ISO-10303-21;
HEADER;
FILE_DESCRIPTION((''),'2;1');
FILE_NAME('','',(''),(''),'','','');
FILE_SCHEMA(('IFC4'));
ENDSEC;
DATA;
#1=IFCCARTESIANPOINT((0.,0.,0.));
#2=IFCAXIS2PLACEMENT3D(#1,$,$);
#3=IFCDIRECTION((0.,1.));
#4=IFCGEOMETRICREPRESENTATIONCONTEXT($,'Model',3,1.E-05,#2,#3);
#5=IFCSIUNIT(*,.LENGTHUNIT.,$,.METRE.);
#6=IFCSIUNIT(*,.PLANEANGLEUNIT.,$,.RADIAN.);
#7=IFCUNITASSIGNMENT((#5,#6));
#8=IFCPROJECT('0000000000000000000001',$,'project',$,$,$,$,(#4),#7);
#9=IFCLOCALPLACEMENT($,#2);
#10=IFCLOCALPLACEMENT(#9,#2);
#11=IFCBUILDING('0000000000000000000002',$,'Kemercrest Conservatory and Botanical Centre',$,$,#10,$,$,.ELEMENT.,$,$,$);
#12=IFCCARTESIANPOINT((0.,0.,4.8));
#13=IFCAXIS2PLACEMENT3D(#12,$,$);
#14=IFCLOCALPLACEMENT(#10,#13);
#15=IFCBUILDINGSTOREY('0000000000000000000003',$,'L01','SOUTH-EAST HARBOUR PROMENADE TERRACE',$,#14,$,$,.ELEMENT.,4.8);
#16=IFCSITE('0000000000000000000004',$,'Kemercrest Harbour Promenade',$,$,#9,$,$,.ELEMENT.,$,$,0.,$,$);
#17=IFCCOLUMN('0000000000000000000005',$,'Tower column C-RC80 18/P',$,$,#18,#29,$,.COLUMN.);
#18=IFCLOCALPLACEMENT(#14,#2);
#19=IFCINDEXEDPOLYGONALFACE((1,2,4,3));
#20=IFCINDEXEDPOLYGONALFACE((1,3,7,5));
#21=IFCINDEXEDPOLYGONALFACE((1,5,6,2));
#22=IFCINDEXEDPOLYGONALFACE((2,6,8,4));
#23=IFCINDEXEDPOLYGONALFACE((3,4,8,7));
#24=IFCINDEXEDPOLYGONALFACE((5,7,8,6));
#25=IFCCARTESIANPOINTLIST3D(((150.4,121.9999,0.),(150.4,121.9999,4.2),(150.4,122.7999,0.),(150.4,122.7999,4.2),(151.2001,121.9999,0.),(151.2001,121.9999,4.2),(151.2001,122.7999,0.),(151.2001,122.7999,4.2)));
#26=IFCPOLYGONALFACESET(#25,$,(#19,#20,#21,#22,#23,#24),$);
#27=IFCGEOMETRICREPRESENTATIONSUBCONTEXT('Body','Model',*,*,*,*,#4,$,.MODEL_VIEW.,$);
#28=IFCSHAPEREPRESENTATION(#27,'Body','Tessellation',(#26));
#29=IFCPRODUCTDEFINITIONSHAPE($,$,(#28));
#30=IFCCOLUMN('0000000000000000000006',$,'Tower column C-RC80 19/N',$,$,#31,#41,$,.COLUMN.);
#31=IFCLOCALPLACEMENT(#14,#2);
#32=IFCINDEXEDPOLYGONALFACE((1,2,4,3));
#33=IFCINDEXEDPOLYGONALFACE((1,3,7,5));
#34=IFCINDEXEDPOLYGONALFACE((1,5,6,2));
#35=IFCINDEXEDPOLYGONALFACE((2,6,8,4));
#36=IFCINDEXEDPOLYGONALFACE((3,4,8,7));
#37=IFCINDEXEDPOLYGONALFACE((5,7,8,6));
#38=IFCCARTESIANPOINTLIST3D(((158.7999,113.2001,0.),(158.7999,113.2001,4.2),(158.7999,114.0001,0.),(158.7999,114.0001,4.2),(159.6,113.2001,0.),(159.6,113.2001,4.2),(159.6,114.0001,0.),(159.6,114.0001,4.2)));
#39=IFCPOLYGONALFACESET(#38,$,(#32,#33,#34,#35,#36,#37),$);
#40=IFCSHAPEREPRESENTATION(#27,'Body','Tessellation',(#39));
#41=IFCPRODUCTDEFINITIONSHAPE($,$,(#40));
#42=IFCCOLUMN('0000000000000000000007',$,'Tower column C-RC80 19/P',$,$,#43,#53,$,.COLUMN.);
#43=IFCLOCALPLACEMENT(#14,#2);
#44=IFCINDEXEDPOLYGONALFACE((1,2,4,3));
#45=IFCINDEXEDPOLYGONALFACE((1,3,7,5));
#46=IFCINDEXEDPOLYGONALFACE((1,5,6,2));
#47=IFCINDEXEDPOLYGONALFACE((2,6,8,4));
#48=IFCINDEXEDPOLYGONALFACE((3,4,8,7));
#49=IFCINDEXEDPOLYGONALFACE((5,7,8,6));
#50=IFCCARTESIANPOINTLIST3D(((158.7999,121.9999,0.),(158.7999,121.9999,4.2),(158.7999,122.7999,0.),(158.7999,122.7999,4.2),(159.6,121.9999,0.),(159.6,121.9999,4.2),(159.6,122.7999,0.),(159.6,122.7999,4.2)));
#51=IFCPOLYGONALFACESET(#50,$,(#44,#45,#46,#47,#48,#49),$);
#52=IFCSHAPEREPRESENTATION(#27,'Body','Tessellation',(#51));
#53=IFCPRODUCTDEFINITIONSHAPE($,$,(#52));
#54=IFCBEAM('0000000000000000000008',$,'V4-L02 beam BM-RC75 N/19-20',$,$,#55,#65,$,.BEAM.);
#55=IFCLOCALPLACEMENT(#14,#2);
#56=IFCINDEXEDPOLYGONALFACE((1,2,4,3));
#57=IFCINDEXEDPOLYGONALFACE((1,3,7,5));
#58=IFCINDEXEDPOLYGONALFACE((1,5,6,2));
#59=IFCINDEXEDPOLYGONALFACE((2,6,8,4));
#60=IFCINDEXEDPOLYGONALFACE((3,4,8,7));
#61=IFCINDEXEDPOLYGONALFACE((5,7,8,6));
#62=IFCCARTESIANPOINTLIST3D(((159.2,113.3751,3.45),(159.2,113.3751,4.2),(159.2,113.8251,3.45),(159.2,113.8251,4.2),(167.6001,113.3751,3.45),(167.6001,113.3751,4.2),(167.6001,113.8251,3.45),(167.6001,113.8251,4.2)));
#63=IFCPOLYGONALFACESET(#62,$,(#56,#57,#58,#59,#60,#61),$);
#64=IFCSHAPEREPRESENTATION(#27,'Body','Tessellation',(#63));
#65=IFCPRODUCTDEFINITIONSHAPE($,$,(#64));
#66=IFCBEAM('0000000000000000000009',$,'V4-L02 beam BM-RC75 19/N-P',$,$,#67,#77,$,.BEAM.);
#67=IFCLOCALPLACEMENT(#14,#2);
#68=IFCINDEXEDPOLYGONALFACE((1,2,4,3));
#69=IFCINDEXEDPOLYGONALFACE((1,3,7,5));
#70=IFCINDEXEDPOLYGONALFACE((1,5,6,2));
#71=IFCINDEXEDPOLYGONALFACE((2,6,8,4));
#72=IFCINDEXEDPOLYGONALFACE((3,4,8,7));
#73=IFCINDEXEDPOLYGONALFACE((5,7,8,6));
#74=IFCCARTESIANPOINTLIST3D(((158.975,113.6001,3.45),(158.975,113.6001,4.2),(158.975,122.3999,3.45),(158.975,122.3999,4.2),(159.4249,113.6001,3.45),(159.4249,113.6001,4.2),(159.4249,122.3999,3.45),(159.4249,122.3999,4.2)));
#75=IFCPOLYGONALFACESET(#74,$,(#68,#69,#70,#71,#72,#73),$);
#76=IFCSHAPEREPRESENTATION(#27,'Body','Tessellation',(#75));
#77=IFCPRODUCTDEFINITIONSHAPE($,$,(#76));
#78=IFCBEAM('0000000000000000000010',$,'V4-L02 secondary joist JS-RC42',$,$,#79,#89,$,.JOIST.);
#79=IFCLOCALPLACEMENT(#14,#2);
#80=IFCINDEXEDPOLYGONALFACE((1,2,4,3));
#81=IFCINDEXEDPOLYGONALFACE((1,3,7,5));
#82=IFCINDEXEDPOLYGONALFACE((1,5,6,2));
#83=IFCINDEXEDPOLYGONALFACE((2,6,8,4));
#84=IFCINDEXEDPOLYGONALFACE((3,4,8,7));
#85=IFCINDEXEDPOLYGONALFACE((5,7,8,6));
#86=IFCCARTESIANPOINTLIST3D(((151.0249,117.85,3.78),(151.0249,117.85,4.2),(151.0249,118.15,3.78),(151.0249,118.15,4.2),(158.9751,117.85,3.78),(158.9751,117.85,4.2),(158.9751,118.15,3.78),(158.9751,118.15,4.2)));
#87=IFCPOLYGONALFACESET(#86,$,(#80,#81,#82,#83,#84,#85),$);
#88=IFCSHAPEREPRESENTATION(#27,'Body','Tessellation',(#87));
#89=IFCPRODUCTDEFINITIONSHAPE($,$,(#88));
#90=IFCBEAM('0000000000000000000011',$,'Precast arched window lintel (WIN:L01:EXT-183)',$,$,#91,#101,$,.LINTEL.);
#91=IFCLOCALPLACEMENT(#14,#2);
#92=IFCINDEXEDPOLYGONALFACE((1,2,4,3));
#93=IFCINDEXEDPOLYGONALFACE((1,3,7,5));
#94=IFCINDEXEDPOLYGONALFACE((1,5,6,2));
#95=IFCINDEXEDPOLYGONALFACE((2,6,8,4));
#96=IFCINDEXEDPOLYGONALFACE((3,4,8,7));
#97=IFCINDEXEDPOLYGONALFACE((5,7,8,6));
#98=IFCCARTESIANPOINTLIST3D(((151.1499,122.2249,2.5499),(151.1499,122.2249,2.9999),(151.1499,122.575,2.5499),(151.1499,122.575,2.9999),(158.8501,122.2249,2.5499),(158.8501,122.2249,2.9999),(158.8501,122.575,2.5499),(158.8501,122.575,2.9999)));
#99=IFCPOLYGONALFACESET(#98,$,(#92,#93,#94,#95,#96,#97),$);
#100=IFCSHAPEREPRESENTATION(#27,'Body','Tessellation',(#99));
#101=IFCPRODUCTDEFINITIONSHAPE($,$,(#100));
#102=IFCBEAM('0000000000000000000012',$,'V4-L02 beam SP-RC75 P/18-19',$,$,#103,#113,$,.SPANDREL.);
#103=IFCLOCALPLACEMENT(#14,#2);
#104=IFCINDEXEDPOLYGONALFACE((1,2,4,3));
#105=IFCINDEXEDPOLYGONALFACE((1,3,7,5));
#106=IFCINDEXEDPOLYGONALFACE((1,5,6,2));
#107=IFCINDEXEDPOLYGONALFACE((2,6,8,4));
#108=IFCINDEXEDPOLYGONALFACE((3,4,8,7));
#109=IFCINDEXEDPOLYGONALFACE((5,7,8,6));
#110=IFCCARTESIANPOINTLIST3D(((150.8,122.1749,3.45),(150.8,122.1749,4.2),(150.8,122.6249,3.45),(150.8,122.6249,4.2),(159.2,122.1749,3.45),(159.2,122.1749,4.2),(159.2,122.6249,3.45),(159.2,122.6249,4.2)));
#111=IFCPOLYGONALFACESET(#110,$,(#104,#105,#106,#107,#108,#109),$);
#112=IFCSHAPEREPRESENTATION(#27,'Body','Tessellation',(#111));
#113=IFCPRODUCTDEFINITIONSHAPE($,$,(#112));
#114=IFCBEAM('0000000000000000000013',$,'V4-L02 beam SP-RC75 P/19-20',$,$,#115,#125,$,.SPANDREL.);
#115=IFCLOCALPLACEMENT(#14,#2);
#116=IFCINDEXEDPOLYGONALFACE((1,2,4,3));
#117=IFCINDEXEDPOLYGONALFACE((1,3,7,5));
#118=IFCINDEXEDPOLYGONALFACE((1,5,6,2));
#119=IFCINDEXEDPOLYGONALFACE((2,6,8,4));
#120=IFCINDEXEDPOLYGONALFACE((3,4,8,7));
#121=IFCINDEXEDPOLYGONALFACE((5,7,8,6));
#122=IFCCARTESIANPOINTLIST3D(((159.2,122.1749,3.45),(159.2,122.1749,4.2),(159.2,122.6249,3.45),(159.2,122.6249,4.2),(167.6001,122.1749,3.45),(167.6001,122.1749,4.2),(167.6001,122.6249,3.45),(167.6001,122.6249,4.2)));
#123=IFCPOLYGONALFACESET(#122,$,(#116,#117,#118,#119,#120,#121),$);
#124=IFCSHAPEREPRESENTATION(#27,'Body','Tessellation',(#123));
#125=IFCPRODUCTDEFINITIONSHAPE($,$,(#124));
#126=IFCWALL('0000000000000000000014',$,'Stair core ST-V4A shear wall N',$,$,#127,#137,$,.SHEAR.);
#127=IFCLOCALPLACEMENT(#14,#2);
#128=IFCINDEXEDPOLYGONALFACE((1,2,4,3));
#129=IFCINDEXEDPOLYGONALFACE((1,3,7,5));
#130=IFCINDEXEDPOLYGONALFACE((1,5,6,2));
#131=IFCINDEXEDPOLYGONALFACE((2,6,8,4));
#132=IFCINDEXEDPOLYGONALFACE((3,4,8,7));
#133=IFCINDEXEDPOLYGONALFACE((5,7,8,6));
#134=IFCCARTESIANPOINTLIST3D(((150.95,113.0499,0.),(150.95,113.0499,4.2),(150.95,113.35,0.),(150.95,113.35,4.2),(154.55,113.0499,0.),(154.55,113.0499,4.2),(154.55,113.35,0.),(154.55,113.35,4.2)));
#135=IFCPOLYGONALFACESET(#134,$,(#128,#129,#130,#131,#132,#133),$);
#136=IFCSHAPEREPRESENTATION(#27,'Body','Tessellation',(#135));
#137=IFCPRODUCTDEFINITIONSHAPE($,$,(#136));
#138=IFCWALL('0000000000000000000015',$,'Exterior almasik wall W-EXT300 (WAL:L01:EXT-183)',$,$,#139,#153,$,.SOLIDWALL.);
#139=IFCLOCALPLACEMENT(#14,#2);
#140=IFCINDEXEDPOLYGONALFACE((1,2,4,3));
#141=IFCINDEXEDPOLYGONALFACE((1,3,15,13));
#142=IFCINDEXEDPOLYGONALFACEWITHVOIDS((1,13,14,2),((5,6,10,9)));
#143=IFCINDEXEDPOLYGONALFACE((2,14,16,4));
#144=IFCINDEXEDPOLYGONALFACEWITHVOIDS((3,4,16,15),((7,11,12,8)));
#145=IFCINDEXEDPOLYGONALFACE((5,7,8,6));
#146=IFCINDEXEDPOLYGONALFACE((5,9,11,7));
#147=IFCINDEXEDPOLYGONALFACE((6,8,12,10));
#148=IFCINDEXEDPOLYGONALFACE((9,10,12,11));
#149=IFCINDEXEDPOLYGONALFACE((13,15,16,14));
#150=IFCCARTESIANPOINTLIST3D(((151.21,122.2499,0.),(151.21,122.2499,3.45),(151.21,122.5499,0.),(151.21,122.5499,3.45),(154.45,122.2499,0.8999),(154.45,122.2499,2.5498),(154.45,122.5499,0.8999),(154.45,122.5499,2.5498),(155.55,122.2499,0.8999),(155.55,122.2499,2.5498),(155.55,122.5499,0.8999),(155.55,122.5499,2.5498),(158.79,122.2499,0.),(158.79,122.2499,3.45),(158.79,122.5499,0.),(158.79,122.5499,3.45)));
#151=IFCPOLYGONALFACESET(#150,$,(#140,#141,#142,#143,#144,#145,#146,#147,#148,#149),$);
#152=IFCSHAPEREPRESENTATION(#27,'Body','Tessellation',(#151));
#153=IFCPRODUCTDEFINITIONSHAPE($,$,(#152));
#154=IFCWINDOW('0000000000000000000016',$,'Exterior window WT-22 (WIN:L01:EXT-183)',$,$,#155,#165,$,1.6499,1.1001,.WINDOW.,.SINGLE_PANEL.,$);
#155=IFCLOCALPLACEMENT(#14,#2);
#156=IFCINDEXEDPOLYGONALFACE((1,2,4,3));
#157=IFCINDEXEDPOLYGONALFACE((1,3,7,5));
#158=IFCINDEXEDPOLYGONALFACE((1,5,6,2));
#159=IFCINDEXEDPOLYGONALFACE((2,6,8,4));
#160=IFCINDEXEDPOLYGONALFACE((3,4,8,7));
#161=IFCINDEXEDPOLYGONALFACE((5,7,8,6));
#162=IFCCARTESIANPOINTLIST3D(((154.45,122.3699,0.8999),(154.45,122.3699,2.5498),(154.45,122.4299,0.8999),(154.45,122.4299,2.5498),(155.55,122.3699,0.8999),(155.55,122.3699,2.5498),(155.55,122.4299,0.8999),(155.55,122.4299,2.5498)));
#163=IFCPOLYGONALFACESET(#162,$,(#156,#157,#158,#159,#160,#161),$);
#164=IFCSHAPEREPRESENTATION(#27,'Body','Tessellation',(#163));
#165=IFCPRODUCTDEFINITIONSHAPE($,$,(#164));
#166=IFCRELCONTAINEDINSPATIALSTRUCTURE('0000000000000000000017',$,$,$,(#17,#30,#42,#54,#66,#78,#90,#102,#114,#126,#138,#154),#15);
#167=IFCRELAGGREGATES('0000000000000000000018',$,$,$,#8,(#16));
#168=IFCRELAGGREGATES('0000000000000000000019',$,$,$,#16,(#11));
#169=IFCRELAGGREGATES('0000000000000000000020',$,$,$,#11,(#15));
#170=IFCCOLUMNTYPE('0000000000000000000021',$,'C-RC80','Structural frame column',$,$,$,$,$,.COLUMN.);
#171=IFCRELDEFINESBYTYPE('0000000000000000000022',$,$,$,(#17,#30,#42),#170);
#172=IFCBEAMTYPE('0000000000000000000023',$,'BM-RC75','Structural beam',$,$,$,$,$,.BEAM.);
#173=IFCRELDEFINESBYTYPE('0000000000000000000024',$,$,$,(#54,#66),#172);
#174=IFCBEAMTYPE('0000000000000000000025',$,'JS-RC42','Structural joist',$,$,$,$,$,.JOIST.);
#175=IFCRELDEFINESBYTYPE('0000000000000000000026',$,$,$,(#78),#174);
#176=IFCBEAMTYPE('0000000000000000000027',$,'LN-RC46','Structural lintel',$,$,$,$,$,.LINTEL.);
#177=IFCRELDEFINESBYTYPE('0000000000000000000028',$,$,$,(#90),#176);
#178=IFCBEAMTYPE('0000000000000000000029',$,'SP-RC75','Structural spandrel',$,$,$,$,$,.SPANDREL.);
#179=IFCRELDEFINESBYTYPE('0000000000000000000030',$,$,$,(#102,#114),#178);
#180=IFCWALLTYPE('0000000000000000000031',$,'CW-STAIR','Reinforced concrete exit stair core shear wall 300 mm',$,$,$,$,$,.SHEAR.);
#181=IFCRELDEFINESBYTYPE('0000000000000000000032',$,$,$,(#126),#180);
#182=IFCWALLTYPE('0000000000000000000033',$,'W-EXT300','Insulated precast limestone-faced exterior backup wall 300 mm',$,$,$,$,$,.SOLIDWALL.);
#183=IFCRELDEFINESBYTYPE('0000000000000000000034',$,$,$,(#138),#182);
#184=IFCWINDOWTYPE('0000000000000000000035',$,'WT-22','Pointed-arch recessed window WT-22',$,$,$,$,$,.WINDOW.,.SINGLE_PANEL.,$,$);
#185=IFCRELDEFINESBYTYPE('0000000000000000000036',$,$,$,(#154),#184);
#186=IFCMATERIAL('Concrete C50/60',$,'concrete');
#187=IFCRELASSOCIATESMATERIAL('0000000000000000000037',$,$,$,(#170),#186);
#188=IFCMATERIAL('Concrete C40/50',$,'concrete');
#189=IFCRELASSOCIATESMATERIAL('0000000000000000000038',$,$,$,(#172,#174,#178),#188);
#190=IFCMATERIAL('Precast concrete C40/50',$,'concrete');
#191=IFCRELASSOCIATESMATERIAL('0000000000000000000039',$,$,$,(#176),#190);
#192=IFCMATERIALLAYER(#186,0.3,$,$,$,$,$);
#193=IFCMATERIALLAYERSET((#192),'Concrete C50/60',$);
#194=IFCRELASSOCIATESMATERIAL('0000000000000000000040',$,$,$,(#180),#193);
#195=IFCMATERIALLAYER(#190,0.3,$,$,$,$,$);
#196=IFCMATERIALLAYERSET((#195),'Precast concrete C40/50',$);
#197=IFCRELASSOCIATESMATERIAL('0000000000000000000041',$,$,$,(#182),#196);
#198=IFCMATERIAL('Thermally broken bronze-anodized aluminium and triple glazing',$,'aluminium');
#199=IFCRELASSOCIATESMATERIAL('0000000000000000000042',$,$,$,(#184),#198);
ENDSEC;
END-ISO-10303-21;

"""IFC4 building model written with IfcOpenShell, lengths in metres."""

from ifc_helpers import new_model, si_unit, direction, frame, frame_2d, origin, origin_2d, place, context, subcontext, project, spatial, rectangle, extrude, material, layer, layer_set, material_profile, profile_set, type_object, element, fill, save


model = new_model("IFC4")

# Units and contexts
model_context = context("Model", 3, precision=1e-05, world=origin(), true_north=direction((0.0, 1.0)))
body_context = subcontext(model_context, "Body", "Model", "MODEL_VIEW")
ifc_project = project(units=[si_unit("LENGTHUNIT", "METRE"), si_unit("PLANEANGLEUNIT", "RADIAN")], contexts=[model_context])

# Site, building, storey
site_placement = place(None, origin())
site = spatial("IfcSite", under=ifc_project, at=site_placement, Name="Kemercrest Harbour Promenade", CompositionType="ELEMENT", RefElevation=0.0)
building_placement = place(site_placement, origin())
building = spatial("IfcBuilding", under=site, at=building_placement, Name="Kemercrest Conservatory and Botanical Centre", CompositionType="ELEMENT")
storey_placement = place(building_placement, frame((0.0, 0.0, 4.8)))
storey = spatial("IfcBuildingStorey", under=building, at=storey_placement, Name="L01", Description="SOUTH-EAST HARBOUR PROMENADE TERRACE", CompositionType="ELEMENT", Elevation=4.8)

# Columns
ifc_material_1 = material(Name="Concrete C50/60", Category="concrete")
ifc_material_profile_1 = material_profile(ifc_material_1, rectangle(XDim=0.8, YDim=0.8, at=origin_2d()), Name="RC 800x800")
ifc_profile_set_1 = profile_set([ifc_material_profile_1], Name="Concrete C50/60")
column_type = type_object("IfcColumnType", Name="C-RC80", Description="Structural frame column", PredefinedType="COLUMN", material=ifc_profile_set_1)
for number, where, z_axis, x_axis, name in (
    (1, (150.8, 122.3999, 0.0), (0.0, 0.0, 1.0), (1.0, 0.0, 0.0), "Tower column C-RC80 18/P"),
    (2, (159.2, 113.6001, 0.0), (0.0, 0.0, 1.0), (1.0, 0.0, 0.0), "Tower column C-RC80 19/N"),
    (3, (159.2, 122.3999, 0.0), (0.0, 0.0, 1.0), (1.0, 0.0, 0.0), "Tower column C-RC80 19/P"),
):
    element("IfcColumn", number, at=place(storey_placement, frame(where, z_axis=z_axis, x_axis=x_axis)), inside=storey, type_object=column_type, Name=name, PredefinedType="COLUMN", context=body_context, shape_type="SweptSolid", body=[
        extrude(rectangle(XDim=0.8, YDim=0.8, at=origin_2d()), origin(), (0.0, 0.0, 1.0), 4.2),
    ])

# Beams
ifc_material_2 = material(Name="Concrete C40/50", Category="concrete")
ifc_material_profile_2 = material_profile(ifc_material_2, rectangle(XDim=0.45, YDim=0.75, at=origin_2d()), Name="RC 450x750")
ifc_profile_set_2 = profile_set([ifc_material_profile_2], Name="Concrete C40/50")
beam_type_1 = type_object("IfcBeamType", Name="BM-RC75", Description="Structural beam", PredefinedType="BEAM", material=ifc_profile_set_2)
beam_1_placement = place(storey_placement, frame((159.2, 113.6001, 3.825), z_axis=(1.0, 0.0, 0.0), x_axis=(0.0, 1.0, 0.0)))
element("IfcBeam", 4, at=beam_1_placement, inside=storey, type_object=beam_type_1, Name="V4-L02 beam BM-RC75 N/19-20", PredefinedType="BEAM", context=body_context, shape_type="SweptSolid", body=[
    extrude(rectangle(XDim=0.45, YDim=0.75, at=origin_2d()), origin(), (0.0, 0.0, 1.0), 8.4001),
])
beam_2_placement = place(storey_placement, frame((159.2, 113.6001, 3.825), z_axis=(0.0, 1.0, 0.0), x_axis=(-1.0, 0.0, 0.0)))
element("IfcBeam", 5, at=beam_2_placement, inside=storey, type_object=beam_type_1, Name="V4-L02 beam BM-RC75 19/N-P", PredefinedType="BEAM", context=body_context, shape_type="SweptSolid", body=[
    extrude(rectangle(XDim=0.45, YDim=0.75, at=origin_2d()), origin(), (0.0, 0.0, 1.0), 8.7998),
])
ifc_material_profile_3 = material_profile(ifc_material_2, rectangle(XDim=0.3, YDim=0.4199, at=origin_2d()), Name="RC 300x420")
ifc_profile_set_3 = profile_set([ifc_material_profile_3], Name="Concrete C40/50")
beam_type_2 = type_object("IfcBeamType", Name="JS-RC42", Description="Structural joist", PredefinedType="JOIST", material=ifc_profile_set_3)
beam_3_placement = place(storey_placement, frame((151.0249, 118.0, 3.99), z_axis=(1.0, 0.0, 0.0), x_axis=(0.0, 1.0, 0.0)))
element("IfcBeam", 6, at=beam_3_placement, inside=storey, type_object=beam_type_2, Name="V4-L02 secondary joist JS-RC42", PredefinedType="JOIST", context=body_context, shape_type="SweptSolid", body=[
    extrude(rectangle(XDim=0.3, YDim=0.4199, at=origin_2d()), origin(), (0.0, 0.0, 1.0), 7.9502),
])
ifc_material_3 = material(Name="Precast concrete C40/50", Category="concrete")
ifc_material_profile_4 = material_profile(ifc_material_3, rectangle(XDim=0.3501, YDim=0.45, at=origin_2d()), Name="RC 350x450")
ifc_profile_set_4 = profile_set([ifc_material_profile_4], Name="Precast concrete C40/50")
beam_type_3 = type_object("IfcBeamType", Name="LN-RC46", Description="Structural lintel", PredefinedType="LINTEL", material=ifc_profile_set_4)
beam_4_placement = place(storey_placement, frame((158.8501, 122.3999, 2.7749), z_axis=(-1.0, 0.0, 0.0), x_axis=(0.0, -1.0, 0.0)))
element("IfcBeam", 7, at=beam_4_placement, inside=storey, type_object=beam_type_3, Name="Precast arched window lintel (WIN:L01:EXT-183)", PredefinedType="LINTEL", context=body_context, shape_type="SweptSolid", body=[
    extrude(rectangle(XDim=0.3501, YDim=0.45, at=origin_2d()), origin(), (0.0, 0.0, 1.0), 7.7002),
])
ifc_material_profile_5 = material_profile(ifc_material_2, rectangle(XDim=0.45, YDim=0.75, at=origin_2d()), Name="RC 450x750")
ifc_profile_set_5 = profile_set([ifc_material_profile_5], Name="Concrete C40/50")
beam_type_4 = type_object("IfcBeamType", Name="SP-RC75", Description="Structural spandrel", PredefinedType="SPANDREL", material=ifc_profile_set_5)
beam_5_placement = place(storey_placement, frame((150.8, 122.3999, 3.825), z_axis=(1.0, 0.0, 0.0), x_axis=(0.0, 1.0, 0.0)))
element("IfcBeam", 8, at=beam_5_placement, inside=storey, type_object=beam_type_4, Name="V4-L02 beam SP-RC75 P/18-19", PredefinedType="SPANDREL", context=body_context, shape_type="SweptSolid", body=[
    extrude(rectangle(XDim=0.45, YDim=0.75, at=origin_2d()), origin(), (0.0, 0.0, 1.0), 8.3999),
])
beam_6_placement = place(storey_placement, frame((159.2, 122.3999, 3.825), z_axis=(1.0, 0.0, 0.0), x_axis=(0.0, 1.0, 0.0)))
element("IfcBeam", 9, at=beam_6_placement, inside=storey, type_object=beam_type_4, Name="V4-L02 beam SP-RC75 P/19-20", PredefinedType="SPANDREL", context=body_context, shape_type="SweptSolid", body=[
    extrude(rectangle(XDim=0.45, YDim=0.75, at=origin_2d()), origin(), (0.0, 0.0, 1.0), 8.4001),
])

# Wall
ifc_layer_1 = layer(ifc_material_1, 0.3)
ifc_layer_set_1 = layer_set([ifc_layer_1], Name="Concrete C50/60")
wall_type_1 = type_object("IfcWallType", Name="CW-STAIR", Description="Reinforced concrete exit stair core shear wall 300 mm", PredefinedType="SHEAR", material=ifc_layer_set_1)
wall_1_placement = place(storey_placement, frame((150.95, 113.2, 0.0), z_axis=(0.0, 0.0, 1.0), x_axis=(1.0, 0.0, 0.0)))
element("IfcWall", 10, at=wall_1_placement, inside=storey, type_object=wall_type_1, Name="Stair core ST-V4A shear wall N", PredefinedType="SHEAR", context=body_context, shape_type="SweptSolid", body=[
    extrude(rectangle(XDim=3.6001, YDim=0.3, at=frame_2d((1.8, 0.0))), origin(), (0.0, 0.0, 1.0), 4.2),
])

# Wall, opening, window
ifc_layer_2 = layer(ifc_material_3, 0.3)
ifc_layer_set_2 = layer_set([ifc_layer_2], Name="Precast concrete C40/50")
wall_type_2 = type_object("IfcWallType", Name="W-EXT300", Description="Insulated precast limestone-faced exterior backup wall 300 mm", PredefinedType="SOLIDWALL", material=ifc_layer_set_2)
wall_2_placement = place(storey_placement, frame((158.79, 122.3999, 0.0), z_axis=(0.0, 0.0, 1.0), x_axis=(-1.0, 0.0, 0.0)))
wall_2 = element("IfcWall", 11, at=wall_2_placement, inside=storey, type_object=wall_type_2, Name="Exterior almasik wall W-EXT300 (WAL:L01:EXT-183)", PredefinedType="SOLIDWALL", context=body_context, shape_type="SweptSolid", body=[
    extrude(rectangle(XDim=7.5801, YDim=0.3, at=frame_2d((3.79, 0.0))), origin(), (0.0, 0.0, 1.0), 3.45),
])
opening_1_placement = place(wall_2_placement, frame((3.24, 0.0, 0.8999)))
opening_1 = element("IfcOpeningElement", 12, at=opening_1_placement, cuts=wall_2, PredefinedType="OPENING", context=body_context, shape_type="SweptSolid", body=[
    extrude(rectangle(XDim=1.1001, YDim=1.6499, at=frame_2d((0.55, 0.825))), frame((0.0, 0.1602, 0.0), z_axis=(0.0, -1.0, 0.0), x_axis=(1.0, 0.0, 0.0)), (0.0, 0.0, 1.0), 0.3201),
])
ifc_material_4 = material(Name="Thermally broken bronze-anodized aluminium and triple glazing", Category="aluminium")
window_type = type_object("IfcWindowType", Name="WT-22", Description="Pointed-arch recessed window WT-22", PartitioningType="SINGLE_PANEL", PredefinedType="WINDOW", material=ifc_material_4)
window_placement = place(opening_1_placement, origin())
window = element("IfcWindow", 13, at=window_placement, inside=storey, type_object=window_type, Name="Exterior window WT-22 (WIN:L01:EXT-183)", OverallHeight=1.6499, OverallWidth=1.1001, PartitioningType="SINGLE_PANEL", PredefinedType="WINDOW", context=body_context, shape_type="SweptSolid", body=[
    extrude(rectangle(XDim=1.1001, YDim=1.6499, at=frame_2d((0.55, 0.825))), frame((0.0, 0.03, 0.0), z_axis=(0.0, -1.0, 0.0), x_axis=(1.0, 0.0, 0.0)), (0.0, 0.0, 1.0), 0.0601),
])
fill(opening_1, window)

save(model, "model.ifc")
